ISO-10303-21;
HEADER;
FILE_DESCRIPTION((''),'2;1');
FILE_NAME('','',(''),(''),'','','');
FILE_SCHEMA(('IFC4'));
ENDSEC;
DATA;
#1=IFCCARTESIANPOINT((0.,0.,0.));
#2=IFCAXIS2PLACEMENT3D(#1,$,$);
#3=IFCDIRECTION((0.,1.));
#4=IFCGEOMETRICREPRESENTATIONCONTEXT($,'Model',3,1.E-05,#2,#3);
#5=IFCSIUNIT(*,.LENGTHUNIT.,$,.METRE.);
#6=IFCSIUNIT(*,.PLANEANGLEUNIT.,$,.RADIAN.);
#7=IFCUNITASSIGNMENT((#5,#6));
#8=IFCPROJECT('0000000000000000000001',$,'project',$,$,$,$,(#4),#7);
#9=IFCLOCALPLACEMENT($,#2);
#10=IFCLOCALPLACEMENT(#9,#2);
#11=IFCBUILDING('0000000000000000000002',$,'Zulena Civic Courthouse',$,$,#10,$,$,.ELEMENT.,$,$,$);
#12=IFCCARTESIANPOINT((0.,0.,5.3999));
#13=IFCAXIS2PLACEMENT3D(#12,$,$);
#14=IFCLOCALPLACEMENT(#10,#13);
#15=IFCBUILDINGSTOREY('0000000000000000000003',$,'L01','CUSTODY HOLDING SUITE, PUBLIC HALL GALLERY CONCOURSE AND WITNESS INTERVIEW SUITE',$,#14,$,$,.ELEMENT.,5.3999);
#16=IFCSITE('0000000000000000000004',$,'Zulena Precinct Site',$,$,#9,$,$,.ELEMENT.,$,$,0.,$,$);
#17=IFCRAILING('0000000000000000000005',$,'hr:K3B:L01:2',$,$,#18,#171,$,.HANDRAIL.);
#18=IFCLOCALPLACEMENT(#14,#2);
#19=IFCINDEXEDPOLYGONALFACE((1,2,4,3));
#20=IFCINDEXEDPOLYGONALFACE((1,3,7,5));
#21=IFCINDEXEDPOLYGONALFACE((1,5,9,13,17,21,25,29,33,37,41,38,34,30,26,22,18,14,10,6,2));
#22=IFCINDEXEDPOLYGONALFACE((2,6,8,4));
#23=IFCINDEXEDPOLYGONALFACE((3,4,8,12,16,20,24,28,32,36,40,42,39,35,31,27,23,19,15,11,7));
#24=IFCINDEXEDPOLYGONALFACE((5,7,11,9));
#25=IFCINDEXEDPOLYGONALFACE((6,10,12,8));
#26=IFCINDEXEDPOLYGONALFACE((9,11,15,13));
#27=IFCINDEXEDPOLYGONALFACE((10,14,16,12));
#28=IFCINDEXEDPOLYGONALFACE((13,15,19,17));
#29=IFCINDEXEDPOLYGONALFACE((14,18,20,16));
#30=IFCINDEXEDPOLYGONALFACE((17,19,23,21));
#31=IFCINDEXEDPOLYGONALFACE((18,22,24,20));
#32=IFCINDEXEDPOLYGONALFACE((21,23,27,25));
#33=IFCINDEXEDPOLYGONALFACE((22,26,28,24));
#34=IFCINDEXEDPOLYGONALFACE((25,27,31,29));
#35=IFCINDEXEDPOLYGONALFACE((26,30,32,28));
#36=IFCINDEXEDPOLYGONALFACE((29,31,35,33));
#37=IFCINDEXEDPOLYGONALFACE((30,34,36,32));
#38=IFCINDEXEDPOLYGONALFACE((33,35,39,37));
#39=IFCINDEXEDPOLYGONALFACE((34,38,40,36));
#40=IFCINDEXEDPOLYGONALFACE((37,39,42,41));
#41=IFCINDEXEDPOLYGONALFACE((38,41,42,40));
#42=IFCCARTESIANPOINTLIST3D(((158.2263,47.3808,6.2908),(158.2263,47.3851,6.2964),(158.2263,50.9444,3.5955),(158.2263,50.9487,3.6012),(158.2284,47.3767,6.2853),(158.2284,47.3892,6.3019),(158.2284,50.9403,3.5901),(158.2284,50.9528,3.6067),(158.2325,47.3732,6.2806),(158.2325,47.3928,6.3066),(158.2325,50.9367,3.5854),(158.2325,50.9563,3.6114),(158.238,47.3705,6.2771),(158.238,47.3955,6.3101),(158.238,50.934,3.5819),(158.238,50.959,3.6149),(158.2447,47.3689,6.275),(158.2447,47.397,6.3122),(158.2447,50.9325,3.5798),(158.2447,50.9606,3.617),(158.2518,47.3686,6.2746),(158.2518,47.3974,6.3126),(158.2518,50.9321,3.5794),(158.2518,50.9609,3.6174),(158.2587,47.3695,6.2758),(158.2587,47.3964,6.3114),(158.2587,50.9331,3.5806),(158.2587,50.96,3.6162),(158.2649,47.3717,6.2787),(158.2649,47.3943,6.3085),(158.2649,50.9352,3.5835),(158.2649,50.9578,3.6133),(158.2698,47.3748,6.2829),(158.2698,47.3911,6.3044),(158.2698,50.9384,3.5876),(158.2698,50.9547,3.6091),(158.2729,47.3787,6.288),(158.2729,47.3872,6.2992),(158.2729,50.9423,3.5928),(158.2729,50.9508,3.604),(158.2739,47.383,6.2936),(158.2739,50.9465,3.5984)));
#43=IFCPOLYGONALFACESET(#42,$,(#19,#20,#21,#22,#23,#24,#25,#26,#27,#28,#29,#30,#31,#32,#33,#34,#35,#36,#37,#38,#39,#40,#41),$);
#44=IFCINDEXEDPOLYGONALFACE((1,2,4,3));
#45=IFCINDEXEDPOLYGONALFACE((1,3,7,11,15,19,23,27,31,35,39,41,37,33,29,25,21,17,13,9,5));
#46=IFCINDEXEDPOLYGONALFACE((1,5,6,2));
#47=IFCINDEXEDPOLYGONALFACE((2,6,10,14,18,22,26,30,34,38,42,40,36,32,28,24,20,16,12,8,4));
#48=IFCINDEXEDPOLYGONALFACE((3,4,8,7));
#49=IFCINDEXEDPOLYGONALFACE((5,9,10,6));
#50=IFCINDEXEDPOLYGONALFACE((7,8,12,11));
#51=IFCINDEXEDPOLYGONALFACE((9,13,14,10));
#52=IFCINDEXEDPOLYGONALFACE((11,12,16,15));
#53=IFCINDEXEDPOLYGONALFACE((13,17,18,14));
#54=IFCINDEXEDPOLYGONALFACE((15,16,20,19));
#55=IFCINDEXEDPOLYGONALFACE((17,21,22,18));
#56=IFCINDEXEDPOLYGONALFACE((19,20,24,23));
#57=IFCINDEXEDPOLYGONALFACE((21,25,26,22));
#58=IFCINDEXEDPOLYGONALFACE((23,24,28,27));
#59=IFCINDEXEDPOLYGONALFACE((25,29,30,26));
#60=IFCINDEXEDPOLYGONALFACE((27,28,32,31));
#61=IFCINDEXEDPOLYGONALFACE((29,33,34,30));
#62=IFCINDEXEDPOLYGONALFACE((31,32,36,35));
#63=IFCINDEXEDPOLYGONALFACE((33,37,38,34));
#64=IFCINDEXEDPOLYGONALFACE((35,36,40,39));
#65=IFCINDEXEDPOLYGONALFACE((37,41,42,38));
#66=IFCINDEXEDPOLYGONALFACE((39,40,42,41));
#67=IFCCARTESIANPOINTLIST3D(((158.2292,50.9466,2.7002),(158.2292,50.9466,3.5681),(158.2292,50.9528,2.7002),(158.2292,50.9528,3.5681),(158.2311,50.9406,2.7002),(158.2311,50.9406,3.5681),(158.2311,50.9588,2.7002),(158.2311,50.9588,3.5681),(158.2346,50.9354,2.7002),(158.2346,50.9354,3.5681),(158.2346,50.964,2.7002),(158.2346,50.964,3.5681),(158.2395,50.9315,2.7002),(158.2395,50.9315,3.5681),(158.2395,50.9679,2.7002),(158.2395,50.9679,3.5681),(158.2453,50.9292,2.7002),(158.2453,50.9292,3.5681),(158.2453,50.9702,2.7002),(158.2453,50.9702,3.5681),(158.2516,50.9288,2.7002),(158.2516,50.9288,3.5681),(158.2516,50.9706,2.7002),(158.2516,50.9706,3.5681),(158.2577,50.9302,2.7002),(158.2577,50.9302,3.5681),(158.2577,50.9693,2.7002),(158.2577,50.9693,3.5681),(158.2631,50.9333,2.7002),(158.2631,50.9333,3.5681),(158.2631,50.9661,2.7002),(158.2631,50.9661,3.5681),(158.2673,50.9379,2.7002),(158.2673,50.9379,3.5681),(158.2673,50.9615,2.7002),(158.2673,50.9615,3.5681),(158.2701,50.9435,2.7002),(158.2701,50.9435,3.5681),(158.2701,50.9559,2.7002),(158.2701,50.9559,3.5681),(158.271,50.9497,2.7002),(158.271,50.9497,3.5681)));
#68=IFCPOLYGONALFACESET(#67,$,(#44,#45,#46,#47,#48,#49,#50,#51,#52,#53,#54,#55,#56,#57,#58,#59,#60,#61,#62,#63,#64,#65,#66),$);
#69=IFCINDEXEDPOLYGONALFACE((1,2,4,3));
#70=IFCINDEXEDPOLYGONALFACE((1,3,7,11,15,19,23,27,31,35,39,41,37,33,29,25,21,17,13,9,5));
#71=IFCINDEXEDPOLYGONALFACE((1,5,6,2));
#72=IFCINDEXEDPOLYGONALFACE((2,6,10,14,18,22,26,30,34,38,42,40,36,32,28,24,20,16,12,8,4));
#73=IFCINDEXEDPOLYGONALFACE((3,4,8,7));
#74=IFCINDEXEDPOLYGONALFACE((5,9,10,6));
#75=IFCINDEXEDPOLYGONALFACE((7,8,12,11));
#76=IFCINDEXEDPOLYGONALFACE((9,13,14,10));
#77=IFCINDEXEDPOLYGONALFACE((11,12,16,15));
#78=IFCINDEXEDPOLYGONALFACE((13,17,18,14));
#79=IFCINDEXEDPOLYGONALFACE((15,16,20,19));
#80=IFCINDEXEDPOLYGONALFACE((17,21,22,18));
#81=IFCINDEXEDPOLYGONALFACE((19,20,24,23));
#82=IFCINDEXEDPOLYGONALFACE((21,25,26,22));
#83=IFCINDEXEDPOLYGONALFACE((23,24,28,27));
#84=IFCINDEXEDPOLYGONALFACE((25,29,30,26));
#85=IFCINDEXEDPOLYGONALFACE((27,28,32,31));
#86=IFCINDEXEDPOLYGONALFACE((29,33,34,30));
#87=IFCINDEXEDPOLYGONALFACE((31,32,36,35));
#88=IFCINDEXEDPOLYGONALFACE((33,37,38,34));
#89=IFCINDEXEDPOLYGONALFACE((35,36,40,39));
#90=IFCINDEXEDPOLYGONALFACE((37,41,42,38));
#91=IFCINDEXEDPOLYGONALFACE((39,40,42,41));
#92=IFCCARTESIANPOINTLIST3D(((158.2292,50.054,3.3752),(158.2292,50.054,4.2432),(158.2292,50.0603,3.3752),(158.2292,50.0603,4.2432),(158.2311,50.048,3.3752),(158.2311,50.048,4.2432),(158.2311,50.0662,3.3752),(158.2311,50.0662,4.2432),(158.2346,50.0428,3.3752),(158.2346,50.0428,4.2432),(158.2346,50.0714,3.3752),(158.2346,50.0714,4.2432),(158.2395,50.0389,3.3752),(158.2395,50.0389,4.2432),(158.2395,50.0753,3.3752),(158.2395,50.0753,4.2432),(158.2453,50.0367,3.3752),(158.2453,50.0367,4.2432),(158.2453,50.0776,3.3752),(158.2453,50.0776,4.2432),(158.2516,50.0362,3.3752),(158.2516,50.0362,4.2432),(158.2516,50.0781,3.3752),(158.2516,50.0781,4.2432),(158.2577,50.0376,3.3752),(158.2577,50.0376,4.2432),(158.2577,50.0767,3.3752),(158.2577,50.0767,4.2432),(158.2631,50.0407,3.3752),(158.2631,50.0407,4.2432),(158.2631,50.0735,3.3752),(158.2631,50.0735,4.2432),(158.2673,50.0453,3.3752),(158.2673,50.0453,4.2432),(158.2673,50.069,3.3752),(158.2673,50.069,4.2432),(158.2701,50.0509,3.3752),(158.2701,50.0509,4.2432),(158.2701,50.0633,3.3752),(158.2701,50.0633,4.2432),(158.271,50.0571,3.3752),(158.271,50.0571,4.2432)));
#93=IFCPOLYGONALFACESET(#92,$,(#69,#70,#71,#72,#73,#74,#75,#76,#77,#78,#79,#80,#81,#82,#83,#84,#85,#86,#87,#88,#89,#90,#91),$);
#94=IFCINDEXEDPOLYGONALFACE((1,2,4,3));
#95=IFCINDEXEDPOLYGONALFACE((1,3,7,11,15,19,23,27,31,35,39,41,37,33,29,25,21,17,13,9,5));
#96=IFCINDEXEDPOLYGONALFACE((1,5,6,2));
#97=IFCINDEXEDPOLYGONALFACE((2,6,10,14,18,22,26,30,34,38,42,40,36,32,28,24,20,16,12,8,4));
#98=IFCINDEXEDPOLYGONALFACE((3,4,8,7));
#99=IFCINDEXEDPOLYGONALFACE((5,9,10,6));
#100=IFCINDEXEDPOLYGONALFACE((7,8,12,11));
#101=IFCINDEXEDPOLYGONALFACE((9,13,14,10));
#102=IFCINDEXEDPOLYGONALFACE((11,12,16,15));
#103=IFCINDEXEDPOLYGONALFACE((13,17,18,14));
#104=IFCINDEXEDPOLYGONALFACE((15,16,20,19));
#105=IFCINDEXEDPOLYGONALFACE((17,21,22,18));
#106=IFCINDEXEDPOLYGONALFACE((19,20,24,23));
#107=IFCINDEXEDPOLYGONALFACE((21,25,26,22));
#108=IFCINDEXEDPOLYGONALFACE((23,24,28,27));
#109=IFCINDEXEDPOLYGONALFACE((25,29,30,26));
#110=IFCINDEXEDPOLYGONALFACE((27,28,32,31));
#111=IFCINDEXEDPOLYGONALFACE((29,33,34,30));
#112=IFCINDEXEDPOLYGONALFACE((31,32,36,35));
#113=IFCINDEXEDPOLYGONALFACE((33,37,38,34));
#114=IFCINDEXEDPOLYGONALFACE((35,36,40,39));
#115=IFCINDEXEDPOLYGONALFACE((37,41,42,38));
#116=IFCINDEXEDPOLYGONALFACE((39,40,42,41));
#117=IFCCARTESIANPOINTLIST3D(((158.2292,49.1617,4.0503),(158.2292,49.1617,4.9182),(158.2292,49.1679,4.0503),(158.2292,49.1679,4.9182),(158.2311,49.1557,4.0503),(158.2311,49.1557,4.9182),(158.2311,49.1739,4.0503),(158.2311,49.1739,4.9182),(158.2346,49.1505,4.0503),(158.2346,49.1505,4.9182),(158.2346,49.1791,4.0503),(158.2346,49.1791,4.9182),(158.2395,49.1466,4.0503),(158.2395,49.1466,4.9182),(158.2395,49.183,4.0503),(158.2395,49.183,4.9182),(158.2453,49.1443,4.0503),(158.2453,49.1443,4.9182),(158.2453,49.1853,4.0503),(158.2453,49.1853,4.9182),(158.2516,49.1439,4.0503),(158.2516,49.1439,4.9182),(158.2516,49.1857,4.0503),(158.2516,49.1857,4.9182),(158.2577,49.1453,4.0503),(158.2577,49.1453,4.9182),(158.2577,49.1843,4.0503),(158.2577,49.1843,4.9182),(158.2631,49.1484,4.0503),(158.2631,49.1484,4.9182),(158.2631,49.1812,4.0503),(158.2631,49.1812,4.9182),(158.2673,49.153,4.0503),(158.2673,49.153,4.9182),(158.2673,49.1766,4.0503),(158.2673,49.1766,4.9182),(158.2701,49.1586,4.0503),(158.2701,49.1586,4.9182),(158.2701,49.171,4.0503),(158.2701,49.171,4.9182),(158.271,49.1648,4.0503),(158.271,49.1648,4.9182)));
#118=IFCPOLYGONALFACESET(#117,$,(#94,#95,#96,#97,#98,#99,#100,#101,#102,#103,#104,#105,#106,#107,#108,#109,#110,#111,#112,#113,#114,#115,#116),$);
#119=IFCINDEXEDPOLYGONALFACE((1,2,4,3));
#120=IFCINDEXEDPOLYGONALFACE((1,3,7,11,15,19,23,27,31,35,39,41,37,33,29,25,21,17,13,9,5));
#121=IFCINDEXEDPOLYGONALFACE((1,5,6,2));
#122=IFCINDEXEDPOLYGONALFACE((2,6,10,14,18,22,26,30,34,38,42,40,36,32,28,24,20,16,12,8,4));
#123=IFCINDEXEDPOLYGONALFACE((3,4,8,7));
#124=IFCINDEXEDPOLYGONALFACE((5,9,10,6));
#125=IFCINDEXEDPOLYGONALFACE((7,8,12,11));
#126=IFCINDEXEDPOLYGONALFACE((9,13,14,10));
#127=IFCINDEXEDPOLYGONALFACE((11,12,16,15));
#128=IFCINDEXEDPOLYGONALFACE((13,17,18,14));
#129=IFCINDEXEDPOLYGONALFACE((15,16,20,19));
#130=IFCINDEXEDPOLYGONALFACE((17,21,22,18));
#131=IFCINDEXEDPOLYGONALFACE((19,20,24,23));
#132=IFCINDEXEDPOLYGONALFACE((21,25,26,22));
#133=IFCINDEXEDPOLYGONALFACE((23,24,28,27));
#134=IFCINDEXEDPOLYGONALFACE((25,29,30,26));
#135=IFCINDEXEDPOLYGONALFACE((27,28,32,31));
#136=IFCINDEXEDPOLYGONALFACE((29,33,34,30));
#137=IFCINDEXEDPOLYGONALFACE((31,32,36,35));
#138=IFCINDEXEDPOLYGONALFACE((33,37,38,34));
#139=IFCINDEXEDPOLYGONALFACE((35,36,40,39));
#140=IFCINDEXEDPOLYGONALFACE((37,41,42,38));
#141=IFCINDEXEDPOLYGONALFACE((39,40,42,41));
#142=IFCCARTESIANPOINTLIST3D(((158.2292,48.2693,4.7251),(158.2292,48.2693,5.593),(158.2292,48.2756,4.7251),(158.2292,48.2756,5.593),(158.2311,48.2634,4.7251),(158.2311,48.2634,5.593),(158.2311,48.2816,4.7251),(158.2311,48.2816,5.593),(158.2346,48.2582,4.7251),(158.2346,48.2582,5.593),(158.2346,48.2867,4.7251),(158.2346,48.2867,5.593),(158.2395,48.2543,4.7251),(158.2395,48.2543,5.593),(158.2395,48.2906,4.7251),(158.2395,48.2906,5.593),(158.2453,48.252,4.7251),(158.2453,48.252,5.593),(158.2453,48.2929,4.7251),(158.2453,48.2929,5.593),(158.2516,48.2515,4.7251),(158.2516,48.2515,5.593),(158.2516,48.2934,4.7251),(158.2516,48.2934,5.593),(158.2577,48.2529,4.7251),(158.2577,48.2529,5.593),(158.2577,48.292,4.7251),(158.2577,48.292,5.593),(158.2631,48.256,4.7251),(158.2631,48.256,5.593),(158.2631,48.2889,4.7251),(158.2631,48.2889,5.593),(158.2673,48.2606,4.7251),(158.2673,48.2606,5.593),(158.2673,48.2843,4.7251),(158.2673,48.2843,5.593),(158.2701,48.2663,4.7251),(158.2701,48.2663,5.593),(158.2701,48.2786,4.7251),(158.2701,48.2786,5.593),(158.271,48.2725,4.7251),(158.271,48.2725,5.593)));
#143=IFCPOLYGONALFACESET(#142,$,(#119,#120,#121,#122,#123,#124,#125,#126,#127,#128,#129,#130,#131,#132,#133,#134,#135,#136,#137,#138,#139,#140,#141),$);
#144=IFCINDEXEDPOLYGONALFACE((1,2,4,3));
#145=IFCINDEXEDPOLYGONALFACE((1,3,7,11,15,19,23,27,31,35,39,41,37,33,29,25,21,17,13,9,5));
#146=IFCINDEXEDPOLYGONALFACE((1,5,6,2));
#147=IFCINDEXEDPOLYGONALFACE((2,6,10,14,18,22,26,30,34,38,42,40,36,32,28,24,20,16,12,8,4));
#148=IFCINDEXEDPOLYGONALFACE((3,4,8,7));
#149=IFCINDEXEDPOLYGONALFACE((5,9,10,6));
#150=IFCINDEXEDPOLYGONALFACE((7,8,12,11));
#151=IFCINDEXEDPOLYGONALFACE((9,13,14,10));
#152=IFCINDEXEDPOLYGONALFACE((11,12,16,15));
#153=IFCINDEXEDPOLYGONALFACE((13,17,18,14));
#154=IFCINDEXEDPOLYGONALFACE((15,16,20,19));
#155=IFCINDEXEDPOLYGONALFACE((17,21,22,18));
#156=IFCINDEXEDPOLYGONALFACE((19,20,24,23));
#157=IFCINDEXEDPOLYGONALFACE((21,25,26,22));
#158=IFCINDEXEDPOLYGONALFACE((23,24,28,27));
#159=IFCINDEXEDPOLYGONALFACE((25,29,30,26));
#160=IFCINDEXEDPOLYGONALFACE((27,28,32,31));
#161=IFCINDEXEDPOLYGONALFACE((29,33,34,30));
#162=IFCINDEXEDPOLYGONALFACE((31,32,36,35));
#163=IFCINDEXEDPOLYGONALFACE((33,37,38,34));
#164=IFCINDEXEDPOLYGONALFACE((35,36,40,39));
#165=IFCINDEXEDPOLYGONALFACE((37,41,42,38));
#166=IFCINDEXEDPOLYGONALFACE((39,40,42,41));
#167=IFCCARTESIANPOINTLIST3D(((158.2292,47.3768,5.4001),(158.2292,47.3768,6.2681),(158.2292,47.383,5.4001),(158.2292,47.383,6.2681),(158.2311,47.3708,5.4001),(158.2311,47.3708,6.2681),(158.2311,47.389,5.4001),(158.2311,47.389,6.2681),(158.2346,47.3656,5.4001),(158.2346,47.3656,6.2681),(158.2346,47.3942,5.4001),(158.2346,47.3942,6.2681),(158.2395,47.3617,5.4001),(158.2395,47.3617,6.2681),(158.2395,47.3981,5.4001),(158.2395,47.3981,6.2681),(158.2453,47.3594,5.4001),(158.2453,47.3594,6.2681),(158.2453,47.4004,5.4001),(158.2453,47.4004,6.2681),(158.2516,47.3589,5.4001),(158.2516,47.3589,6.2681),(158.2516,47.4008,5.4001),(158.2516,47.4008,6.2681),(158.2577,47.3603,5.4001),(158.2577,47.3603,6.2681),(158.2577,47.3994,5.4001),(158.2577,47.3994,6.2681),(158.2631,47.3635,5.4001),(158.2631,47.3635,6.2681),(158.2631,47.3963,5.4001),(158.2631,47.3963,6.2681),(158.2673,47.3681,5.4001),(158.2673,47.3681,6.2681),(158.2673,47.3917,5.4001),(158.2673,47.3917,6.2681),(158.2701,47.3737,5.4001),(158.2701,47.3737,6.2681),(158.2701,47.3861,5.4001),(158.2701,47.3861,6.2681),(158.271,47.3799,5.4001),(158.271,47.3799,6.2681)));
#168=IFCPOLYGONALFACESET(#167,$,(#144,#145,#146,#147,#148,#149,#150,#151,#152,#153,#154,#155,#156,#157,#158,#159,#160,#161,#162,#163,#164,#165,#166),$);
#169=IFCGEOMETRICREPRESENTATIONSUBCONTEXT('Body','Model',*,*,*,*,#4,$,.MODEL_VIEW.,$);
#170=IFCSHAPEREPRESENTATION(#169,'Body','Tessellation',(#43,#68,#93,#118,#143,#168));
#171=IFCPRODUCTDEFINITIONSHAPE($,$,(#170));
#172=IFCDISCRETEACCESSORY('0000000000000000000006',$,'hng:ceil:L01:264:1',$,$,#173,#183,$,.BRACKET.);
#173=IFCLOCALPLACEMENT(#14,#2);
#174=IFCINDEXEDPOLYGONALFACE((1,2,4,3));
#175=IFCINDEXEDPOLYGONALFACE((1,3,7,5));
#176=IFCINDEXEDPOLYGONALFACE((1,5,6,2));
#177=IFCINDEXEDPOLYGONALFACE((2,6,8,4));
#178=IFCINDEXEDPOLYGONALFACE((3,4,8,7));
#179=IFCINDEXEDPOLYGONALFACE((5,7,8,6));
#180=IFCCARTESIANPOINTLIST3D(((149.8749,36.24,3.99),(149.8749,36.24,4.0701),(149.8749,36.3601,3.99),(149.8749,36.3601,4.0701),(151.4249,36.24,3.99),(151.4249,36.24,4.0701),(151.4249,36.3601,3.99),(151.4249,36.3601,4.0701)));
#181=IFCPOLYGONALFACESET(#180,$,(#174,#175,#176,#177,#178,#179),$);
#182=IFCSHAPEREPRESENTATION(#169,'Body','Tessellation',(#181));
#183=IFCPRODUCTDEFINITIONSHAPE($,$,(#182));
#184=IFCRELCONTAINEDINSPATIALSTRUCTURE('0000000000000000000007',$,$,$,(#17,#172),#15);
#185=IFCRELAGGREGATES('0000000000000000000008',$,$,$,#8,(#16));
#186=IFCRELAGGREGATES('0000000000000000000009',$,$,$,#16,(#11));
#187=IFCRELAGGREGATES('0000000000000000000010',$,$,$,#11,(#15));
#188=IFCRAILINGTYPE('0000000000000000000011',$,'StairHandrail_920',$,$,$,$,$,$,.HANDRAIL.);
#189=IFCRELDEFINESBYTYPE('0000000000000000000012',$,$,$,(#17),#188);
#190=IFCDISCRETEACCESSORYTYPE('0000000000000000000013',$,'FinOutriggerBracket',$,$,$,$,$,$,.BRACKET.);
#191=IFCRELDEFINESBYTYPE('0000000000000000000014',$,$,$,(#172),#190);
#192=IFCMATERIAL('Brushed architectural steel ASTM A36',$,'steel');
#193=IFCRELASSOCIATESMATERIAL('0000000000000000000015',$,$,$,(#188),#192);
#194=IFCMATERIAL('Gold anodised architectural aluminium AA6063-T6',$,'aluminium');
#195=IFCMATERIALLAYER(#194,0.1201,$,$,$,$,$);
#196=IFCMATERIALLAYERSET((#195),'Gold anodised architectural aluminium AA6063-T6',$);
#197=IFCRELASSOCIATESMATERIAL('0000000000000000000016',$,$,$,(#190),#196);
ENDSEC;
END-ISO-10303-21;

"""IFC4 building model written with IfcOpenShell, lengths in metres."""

from ifc_helpers import new_model, si_unit, direction, frame, origin, origin_2d, place, context, subcontext, project, spatial, rectangle, circle, extrude, material, layer, layer_set, type_object, element, save


model = new_model("IFC4")

# Units and contexts
model_context = context("Model", 3, precision=1e-05, world=origin(), true_north=direction((0.0, 1.0)))
body_context = subcontext(model_context, "Body", "Model", "MODEL_VIEW")
ifc_project = project(units=[si_unit("LENGTHUNIT", "METRE"), si_unit("PLANEANGLEUNIT", "RADIAN")], contexts=[model_context])

# Site, building, storey
site_placement = place(None, origin())
site = spatial("IfcSite", under=ifc_project, at=site_placement, Name="Zulena Precinct Site", CompositionType="ELEMENT", RefElevation=0.0)
building_placement = place(site_placement, origin())
building = spatial("IfcBuilding", under=site, at=building_placement, Name="Zulena Civic Courthouse", CompositionType="ELEMENT")
storey_placement = place(building_placement, frame((0.0, 0.0, 5.3999)))
storey = spatial("IfcBuildingStorey", under=building, at=storey_placement, Name="L01", Description="CUSTODY HOLDING SUITE, PUBLIC HALL GALLERY CONCOURSE AND WITNESS INTERVIEW SUITE", CompositionType="ELEMENT", Elevation=5.3999)

# Shared definitions
ifc_material_1 = material(Name="Brushed architectural steel ASTM A36", Category="steel")

# Railing
railing_type_1 = type_object("IfcRailingType", Name="StairHandrail_920", PredefinedType="HANDRAIL", material=ifc_material_1)
railing_1_placement = place(storey_placement, frame((158.25, 50.9497, 2.7002)))
element("IfcRailing", 1, at=railing_1_placement, inside=storey, type_object=railing_type_1, Name="hr:K3B:L01:2", PredefinedType="HANDRAIL", context=body_context, shape_type="SweptSolid", body=[
    extrude(circle(Radius=0.0239, at=origin_2d()), frame((0.0, -0.0032, 0.8982), z_axis=(0.0, -0.797572, 0.603224), x_axis=(1.0, 0.0, 0.0)), (0.0, 0.0, 1.0), 4.468),
    extrude(circle(Radius=0.021, at=origin_2d()), origin(), (0.0, 0.0, 1.0), 0.8679),
    extrude(circle(Radius=0.021, at=origin_2d()), frame((0.0, -0.8926, 0.675)), (0.0, 0.0, 1.0), 0.8679),
    extrude(circle(Radius=0.021, at=origin_2d()), frame((0.0, -1.7849, 1.3501)), (0.0, 0.0, 1.0), 0.8679),
    extrude(circle(Radius=0.021, at=origin_2d()), frame((0.0, -2.6772, 2.0249)), (0.0, 0.0, 1.0), 0.8679),
    extrude(circle(Radius=0.021, at=origin_2d()), frame((0.0, -3.5698, 2.7)), (0.0, 0.0, 1.0), 0.8679),
])

# Discrete accessory
ifc_material_2 = material(Name="Gold anodised architectural aluminium AA6063-T6", Category="aluminium")
ifc_layer_1 = layer(ifc_material_2, 0.1201)
ifc_layer_set_1 = layer_set([ifc_layer_1], Name="Gold anodised architectural aluminium AA6063-T6")
discrete_accessory_type = type_object("IfcDiscreteAccessoryType", Name="FinOutriggerBracket", PredefinedType="BRACKET", material=ifc_layer_set_1)
discrete_accessory_placement = place(storey_placement, frame((150.6499, 36.3, 3.99), z_axis=(0.0, 0.0, 1.0), x_axis=(1.0, 0.0, 0.0)))
element("IfcDiscreteAccessory", 2, at=discrete_accessory_placement, inside=storey, type_object=discrete_accessory_type, Name="hng:ceil:L01:264:1", PredefinedType="BRACKET", context=body_context, shape_type="SweptSolid", body=[
    extrude(rectangle(XDim=1.55, YDim=0.1201, at=origin_2d()), origin(), (0.0, 0.0, 1.0), 0.0801),
])

save(model, "model.ifc")
